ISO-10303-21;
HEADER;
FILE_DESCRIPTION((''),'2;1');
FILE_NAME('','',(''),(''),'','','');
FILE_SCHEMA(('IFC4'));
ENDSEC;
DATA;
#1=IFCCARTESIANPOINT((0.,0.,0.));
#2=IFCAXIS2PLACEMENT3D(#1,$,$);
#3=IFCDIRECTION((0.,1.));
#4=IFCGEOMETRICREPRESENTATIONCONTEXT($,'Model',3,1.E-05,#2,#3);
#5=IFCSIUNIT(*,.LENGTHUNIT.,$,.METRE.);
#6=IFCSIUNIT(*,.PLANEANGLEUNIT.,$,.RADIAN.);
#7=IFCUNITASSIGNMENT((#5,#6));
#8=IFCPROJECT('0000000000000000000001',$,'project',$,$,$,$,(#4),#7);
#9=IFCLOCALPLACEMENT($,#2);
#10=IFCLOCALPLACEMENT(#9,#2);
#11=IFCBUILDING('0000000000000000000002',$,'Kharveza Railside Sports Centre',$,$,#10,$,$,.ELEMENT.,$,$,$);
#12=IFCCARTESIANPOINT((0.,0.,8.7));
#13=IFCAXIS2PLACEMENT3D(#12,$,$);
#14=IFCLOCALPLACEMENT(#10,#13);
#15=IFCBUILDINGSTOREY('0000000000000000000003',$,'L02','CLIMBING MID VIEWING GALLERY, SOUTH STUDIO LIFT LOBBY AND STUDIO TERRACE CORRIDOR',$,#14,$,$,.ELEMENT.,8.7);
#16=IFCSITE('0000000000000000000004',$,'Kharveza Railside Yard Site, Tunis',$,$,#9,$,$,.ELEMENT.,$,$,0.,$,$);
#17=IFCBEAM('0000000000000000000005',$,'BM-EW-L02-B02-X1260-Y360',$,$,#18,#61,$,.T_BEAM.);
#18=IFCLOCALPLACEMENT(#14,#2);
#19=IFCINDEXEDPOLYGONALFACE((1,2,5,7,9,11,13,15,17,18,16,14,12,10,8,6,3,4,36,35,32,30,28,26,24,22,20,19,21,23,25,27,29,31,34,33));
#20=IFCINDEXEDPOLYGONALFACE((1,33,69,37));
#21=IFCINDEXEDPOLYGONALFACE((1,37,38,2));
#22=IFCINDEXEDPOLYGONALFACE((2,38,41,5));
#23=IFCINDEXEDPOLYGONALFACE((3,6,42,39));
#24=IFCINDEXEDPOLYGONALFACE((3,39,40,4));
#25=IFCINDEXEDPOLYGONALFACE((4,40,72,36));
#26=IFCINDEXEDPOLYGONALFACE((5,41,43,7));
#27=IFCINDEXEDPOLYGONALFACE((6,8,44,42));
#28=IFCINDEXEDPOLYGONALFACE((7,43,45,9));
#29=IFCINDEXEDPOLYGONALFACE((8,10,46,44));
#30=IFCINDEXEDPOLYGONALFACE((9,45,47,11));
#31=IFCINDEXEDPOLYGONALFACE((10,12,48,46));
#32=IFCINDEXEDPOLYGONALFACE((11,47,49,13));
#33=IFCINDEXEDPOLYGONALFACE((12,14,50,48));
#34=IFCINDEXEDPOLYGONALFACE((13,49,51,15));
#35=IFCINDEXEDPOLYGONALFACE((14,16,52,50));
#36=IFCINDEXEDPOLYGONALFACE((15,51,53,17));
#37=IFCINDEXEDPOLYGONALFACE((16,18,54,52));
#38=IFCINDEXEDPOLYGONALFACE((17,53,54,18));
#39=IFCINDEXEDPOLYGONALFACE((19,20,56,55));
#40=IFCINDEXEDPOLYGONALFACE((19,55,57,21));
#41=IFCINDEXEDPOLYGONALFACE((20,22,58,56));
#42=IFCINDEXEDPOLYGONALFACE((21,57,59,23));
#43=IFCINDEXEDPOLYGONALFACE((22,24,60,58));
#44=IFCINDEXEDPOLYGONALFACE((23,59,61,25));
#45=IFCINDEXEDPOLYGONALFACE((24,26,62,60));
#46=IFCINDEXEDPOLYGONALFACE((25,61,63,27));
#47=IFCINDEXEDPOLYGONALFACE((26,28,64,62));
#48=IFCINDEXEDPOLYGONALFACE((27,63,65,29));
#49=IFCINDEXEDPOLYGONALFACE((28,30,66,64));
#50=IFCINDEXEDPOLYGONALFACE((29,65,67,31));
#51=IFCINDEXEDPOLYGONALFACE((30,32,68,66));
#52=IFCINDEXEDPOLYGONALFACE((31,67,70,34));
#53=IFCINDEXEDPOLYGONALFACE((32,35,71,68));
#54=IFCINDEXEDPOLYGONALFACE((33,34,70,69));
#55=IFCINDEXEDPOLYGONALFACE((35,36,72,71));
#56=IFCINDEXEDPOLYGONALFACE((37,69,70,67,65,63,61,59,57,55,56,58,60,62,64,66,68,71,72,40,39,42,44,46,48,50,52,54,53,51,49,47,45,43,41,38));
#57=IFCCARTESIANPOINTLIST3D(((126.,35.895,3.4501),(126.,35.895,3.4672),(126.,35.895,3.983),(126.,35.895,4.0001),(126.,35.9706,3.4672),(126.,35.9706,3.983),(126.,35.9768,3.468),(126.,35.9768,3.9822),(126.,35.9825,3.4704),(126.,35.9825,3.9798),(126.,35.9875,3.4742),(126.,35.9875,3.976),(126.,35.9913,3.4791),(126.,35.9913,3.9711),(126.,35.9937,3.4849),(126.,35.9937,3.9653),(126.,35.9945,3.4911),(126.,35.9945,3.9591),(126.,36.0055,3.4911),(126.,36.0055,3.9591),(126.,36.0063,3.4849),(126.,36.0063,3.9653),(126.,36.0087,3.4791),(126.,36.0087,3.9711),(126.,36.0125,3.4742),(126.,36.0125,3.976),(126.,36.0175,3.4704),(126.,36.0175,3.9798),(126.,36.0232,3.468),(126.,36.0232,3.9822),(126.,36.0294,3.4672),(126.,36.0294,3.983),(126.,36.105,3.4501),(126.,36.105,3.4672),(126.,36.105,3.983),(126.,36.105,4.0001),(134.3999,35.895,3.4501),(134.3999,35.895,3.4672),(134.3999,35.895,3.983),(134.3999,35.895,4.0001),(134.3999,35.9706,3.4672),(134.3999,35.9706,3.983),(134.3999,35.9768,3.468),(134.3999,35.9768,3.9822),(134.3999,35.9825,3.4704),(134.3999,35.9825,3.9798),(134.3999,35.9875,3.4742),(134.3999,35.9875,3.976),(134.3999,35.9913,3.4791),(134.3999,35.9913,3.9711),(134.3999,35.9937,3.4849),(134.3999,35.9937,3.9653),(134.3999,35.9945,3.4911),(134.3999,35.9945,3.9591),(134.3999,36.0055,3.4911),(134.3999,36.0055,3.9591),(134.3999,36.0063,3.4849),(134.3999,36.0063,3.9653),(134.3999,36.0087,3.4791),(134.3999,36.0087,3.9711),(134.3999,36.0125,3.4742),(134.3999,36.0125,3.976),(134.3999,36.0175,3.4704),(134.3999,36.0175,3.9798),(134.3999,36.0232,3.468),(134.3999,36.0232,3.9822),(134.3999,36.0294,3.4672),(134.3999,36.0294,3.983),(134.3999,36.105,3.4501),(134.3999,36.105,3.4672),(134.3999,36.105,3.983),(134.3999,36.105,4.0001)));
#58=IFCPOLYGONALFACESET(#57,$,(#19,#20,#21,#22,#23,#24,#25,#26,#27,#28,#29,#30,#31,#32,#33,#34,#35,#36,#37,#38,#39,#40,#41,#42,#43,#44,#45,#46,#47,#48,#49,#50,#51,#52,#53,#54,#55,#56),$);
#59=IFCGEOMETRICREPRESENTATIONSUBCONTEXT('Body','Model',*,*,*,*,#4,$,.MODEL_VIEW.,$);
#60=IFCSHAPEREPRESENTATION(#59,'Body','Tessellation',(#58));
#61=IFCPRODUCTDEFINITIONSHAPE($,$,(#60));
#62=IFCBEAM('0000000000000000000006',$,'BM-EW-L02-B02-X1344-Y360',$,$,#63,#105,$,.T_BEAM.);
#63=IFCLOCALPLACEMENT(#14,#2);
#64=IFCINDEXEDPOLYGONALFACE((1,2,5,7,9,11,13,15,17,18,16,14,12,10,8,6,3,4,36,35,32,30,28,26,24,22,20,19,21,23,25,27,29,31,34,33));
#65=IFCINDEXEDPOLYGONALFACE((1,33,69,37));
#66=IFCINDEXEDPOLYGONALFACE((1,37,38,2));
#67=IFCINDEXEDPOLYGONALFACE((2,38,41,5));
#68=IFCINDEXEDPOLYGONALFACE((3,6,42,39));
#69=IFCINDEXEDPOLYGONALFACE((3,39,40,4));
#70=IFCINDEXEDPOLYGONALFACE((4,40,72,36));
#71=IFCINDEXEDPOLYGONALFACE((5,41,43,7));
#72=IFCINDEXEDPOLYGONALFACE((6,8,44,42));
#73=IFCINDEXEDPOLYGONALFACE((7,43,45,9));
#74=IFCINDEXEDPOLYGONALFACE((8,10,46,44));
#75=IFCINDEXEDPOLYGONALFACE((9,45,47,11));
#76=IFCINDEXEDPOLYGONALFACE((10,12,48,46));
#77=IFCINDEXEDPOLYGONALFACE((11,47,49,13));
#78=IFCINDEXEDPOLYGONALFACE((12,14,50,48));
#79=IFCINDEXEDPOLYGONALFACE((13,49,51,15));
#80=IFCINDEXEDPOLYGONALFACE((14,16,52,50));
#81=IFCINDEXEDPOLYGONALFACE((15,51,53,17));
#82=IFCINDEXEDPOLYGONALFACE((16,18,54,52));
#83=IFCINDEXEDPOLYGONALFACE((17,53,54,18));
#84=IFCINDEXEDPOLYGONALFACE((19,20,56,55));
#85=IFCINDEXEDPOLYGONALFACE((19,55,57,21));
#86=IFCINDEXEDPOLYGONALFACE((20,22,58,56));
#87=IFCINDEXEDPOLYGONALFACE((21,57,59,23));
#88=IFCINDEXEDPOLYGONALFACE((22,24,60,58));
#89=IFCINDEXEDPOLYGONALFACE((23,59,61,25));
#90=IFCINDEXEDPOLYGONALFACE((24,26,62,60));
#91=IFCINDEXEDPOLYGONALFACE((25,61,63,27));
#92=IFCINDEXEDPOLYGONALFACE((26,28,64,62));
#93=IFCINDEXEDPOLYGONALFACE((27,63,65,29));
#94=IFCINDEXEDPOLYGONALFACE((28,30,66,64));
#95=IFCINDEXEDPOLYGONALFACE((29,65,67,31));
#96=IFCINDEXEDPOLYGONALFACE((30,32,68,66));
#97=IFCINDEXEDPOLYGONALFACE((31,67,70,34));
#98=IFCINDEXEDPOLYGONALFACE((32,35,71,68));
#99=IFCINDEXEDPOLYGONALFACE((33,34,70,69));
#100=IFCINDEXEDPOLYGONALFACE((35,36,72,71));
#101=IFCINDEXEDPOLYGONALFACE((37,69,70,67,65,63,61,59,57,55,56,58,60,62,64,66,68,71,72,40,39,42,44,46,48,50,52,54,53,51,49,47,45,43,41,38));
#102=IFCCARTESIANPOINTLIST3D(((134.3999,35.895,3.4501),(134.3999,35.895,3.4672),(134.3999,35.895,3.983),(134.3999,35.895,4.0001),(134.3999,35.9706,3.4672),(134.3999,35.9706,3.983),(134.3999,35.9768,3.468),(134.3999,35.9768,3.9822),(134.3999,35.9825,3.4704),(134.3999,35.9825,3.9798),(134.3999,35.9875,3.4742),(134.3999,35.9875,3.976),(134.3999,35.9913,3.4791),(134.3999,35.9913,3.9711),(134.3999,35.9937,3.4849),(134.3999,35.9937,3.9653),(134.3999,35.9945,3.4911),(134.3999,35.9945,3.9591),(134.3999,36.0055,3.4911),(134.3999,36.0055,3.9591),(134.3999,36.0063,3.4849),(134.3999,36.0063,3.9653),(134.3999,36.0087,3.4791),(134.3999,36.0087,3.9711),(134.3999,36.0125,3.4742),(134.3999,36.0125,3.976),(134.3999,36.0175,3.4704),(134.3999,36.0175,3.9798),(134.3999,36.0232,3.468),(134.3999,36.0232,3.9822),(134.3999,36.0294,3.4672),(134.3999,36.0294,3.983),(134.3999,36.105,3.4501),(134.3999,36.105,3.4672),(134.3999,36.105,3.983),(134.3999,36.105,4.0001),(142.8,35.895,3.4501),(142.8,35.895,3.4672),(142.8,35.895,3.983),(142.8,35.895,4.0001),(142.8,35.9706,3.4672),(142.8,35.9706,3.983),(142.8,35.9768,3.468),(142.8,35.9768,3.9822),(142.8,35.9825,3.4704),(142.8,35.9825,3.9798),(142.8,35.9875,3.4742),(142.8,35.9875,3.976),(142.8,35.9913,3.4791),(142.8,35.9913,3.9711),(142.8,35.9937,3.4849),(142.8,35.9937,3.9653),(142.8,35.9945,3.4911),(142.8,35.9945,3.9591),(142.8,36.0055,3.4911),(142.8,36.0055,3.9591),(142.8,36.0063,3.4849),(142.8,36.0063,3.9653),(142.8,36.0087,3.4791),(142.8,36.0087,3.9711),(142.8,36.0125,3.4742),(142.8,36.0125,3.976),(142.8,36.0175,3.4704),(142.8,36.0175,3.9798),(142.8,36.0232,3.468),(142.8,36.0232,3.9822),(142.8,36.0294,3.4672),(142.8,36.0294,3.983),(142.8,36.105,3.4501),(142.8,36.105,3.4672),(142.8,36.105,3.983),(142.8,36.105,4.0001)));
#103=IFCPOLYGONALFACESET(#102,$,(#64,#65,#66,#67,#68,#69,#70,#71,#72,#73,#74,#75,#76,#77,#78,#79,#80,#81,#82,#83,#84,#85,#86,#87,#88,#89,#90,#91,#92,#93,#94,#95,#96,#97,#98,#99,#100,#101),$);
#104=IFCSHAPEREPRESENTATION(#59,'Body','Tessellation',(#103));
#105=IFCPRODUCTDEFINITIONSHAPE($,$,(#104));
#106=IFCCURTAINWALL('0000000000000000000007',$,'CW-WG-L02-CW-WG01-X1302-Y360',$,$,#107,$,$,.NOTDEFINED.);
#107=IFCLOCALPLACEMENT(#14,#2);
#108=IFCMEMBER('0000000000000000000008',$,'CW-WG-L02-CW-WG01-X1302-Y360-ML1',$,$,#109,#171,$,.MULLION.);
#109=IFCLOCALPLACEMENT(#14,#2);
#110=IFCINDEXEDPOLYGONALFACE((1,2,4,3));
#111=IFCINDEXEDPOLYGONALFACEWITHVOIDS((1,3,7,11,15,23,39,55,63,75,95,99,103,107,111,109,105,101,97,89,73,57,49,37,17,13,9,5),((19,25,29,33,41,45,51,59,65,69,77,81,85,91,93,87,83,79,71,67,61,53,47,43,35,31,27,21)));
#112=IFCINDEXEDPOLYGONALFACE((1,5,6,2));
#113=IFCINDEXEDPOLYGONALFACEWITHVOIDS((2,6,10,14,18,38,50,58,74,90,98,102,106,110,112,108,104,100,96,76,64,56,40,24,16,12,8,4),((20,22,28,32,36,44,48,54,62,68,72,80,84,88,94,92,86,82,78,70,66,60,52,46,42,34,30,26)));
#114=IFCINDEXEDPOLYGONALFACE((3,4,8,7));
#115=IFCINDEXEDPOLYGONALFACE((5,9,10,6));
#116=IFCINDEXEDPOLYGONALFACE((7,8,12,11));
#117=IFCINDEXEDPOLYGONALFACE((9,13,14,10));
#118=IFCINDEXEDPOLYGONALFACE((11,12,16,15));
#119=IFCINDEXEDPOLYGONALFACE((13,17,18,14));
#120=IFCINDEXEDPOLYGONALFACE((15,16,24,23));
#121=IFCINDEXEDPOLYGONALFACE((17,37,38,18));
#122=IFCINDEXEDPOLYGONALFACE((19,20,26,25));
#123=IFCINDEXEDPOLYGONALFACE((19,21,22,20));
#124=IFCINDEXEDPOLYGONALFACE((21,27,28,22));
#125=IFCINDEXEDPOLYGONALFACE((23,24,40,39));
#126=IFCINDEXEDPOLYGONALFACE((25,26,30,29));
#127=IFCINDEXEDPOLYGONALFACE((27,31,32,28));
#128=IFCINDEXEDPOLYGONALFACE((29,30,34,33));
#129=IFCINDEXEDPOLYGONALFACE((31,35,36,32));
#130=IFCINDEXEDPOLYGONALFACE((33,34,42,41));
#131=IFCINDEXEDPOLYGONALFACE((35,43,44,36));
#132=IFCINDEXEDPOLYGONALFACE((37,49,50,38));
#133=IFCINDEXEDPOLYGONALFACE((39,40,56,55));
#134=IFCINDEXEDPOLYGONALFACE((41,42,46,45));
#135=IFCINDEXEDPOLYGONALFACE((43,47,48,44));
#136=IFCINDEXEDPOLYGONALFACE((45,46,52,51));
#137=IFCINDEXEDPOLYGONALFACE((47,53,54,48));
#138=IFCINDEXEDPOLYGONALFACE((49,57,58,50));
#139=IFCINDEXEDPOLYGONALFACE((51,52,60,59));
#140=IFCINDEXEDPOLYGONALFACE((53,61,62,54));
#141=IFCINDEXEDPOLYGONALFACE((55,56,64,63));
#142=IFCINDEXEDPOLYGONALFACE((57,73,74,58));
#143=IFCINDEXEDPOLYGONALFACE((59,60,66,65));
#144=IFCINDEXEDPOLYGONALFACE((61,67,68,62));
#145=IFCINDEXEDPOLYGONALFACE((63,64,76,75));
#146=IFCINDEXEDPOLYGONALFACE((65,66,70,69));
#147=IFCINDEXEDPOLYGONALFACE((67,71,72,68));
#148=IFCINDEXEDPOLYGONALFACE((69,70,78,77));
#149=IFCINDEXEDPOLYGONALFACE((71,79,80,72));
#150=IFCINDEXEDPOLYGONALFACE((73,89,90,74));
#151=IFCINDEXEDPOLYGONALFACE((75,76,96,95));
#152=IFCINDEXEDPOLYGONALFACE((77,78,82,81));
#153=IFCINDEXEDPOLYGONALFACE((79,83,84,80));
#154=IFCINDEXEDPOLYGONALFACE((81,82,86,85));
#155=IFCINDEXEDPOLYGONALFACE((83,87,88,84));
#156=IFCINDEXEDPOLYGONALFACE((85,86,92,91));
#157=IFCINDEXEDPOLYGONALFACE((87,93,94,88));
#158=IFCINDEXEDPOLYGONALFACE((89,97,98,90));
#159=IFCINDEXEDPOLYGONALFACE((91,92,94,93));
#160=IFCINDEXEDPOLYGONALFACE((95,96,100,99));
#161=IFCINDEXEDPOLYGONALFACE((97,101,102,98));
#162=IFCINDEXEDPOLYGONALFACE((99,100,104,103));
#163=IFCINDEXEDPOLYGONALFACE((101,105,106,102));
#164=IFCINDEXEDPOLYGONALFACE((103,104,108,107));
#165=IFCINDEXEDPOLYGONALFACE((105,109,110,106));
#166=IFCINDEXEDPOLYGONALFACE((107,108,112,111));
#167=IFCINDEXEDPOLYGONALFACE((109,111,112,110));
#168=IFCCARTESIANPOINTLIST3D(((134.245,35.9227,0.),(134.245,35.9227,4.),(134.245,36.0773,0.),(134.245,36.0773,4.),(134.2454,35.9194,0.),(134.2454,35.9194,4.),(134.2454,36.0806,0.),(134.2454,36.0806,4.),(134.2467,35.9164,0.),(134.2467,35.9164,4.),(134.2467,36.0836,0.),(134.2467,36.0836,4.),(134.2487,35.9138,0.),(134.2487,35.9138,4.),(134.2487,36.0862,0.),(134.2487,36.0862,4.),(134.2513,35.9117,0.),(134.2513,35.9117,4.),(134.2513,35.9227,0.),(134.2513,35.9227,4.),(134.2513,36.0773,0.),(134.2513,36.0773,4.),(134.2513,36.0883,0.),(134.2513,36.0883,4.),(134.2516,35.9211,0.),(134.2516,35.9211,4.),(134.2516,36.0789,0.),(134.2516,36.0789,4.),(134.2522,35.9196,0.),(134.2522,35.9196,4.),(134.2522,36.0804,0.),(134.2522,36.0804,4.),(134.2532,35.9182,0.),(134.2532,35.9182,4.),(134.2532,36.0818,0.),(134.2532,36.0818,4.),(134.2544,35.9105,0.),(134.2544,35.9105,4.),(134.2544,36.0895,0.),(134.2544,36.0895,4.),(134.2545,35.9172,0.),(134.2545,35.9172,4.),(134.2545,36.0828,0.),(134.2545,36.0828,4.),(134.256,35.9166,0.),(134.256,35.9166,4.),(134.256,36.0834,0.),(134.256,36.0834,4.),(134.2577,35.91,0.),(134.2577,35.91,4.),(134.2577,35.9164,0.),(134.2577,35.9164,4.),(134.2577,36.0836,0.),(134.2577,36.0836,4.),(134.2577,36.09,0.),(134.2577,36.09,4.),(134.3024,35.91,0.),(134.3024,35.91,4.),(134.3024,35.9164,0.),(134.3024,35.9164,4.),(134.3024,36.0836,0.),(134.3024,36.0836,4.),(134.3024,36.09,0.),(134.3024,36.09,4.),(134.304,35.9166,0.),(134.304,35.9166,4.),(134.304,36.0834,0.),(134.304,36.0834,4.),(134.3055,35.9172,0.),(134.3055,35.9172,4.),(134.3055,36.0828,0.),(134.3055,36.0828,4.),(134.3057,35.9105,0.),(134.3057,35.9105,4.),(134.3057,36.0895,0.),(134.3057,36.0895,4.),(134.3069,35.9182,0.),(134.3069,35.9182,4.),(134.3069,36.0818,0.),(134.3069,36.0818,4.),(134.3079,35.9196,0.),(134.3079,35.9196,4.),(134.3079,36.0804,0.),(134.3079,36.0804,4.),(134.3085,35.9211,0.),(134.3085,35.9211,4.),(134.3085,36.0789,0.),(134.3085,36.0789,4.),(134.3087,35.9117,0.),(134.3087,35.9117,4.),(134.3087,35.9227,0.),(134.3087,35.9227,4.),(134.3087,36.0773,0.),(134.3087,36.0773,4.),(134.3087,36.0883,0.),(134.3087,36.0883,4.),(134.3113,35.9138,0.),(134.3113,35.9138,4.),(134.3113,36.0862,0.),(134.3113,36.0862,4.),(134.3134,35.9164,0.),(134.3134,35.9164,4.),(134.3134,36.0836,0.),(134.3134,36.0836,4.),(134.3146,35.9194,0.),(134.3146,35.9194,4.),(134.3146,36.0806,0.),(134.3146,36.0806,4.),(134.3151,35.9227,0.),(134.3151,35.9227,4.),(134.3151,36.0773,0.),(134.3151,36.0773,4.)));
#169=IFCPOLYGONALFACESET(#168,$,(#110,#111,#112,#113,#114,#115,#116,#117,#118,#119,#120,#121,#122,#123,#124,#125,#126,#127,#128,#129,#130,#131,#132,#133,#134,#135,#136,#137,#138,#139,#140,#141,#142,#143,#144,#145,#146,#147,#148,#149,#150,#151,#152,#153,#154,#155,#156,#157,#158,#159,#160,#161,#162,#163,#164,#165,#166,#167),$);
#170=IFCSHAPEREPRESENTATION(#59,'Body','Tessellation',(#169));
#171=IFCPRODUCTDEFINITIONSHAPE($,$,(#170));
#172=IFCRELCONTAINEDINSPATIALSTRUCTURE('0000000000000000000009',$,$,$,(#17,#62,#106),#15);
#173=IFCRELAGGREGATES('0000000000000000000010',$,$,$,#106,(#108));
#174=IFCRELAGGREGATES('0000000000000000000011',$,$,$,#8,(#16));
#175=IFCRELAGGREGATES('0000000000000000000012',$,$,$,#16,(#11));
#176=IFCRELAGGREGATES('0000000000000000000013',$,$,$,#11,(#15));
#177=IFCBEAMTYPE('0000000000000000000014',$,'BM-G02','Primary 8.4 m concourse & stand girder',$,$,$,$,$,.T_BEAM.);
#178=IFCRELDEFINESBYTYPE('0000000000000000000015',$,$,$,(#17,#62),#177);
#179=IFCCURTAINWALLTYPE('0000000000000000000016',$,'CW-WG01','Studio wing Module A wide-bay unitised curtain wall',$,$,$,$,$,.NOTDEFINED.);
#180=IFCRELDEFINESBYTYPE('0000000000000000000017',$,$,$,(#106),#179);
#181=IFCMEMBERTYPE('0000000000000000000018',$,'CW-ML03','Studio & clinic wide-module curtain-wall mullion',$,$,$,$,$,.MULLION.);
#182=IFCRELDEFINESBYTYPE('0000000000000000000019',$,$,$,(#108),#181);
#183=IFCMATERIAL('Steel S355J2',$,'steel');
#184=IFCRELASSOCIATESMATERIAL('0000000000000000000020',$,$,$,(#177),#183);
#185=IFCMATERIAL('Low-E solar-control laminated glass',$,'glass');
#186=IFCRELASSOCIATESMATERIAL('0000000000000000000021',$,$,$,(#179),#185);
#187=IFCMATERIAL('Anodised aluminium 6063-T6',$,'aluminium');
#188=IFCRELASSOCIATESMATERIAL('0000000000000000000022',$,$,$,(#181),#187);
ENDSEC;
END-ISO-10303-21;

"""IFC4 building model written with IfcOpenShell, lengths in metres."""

from ifc_helpers import new_model, si_unit, direction, frame, origin, origin_2d, place, context, subcontext, project, spatial, hollow_rectangle, i_section, extrude, material, material_profile, profile_set, type_object, element, aggregate, save


model = new_model("IFC4")

# Units and contexts
model_context = context("Model", 3, precision=1e-05, world=origin(), true_north=direction((0.0, 1.0)))
body_context = subcontext(model_context, "Body", "Model", "MODEL_VIEW")
ifc_project = project(units=[si_unit("LENGTHUNIT", "METRE"), si_unit("PLANEANGLEUNIT", "RADIAN")], contexts=[model_context])

# Site, building, storey
site_placement = place(None, origin())
site = spatial("IfcSite", under=ifc_project, at=site_placement, Name="Kharveza Railside Yard Site, Tunis", CompositionType="ELEMENT", RefElevation=0.0)
building_placement = place(site_placement, origin())
building = spatial("IfcBuilding", under=site, at=building_placement, Name="Kharveza Railside Sports Centre", CompositionType="ELEMENT")
storey_placement = place(building_placement, frame((0.0, 0.0, 8.7)))
storey = spatial("IfcBuildingStorey", under=building, at=storey_placement, Name="L02", Description="CLIMBING MID VIEWING GALLERY, SOUTH STUDIO LIFT LOBBY AND STUDIO TERRACE CORRIDOR", CompositionType="ELEMENT", Elevation=8.7)

# Shared definitions
ifc_material_1 = material(Name="Steel S355J2", Category="steel")

# Beams
ifc_material_profile_1 = material_profile(ifc_material_1, i_section(OverallWidth=0.21, OverallDepth=0.55, WebThickness=0.011, FlangeThickness=0.0171, FilletRadius=0.0239, at=origin_2d()), Name="IPE 550")
ifc_profile_set_1 = profile_set([ifc_material_profile_1], Name="Steel S355J2")
beam_type = type_object("IfcBeamType", Name="BM-G02", Description="Primary 8.4 m concourse & stand girder", PredefinedType="T_BEAM", material=ifc_profile_set_1)
beam_1_placement = place(storey_placement, frame((126.0, 36.0, 3.7251), z_axis=(1.0, 0.0, 0.0), x_axis=(0.0, 1.0, 0.0)))
element("IfcBeam", 1, at=beam_1_placement, inside=storey, type_object=beam_type, Name="BM-EW-L02-B02-X1260-Y360", PredefinedType="T_BEAM", context=body_context, shape_type="SweptSolid", body=[
    extrude(i_section(OverallWidth=0.21, OverallDepth=0.55, WebThickness=0.011, FlangeThickness=0.0171, FilletRadius=0.0239, at=origin_2d()), origin(), (0.0, 0.0, 1.0), 8.3999),
])
beam_2_placement = place(storey_placement, frame((134.3999, 36.0, 3.7251), z_axis=(1.0, 0.0, 0.0), x_axis=(0.0, 1.0, 0.0)))
element("IfcBeam", 2, at=beam_2_placement, inside=storey, type_object=beam_type, Name="BM-EW-L02-B02-X1344-Y360", PredefinedType="T_BEAM", context=body_context, shape_type="SweptSolid", body=[
    extrude(i_section(OverallWidth=0.21, OverallDepth=0.55, WebThickness=0.011, FlangeThickness=0.0171, FilletRadius=0.0239, at=origin_2d()), origin(), (0.0, 0.0, 1.0), 8.4001),
])

# Curtain wall, member
ifc_material_2 = material(Name="Low-E solar-control laminated glass", Category="glass")
curtain_wall_type = type_object("IfcCurtainWallType", Name="CW-WG01", Description="Studio wing Module A wide-bay unitised curtain wall", PredefinedType="NOTDEFINED", material=ifc_material_2)
curtain_wall_1_placement = place(storey_placement, origin())
curtain_wall_1 = element("IfcCurtainWall", 3, at=curtain_wall_1_placement, inside=storey, type_object=curtain_wall_type, Name="CW-WG-L02-CW-WG01-X1302-Y360", PredefinedType="NOTDEFINED")
ifc_material_3 = material(Name="Anodised aluminium 6063-T6", Category="aluminium")
ifc_material_profile_2 = material_profile(ifc_material_3, hollow_rectangle(XDim=0.0701, YDim=0.1799, WallThickness=0.0063, InnerFilletRadius=0.0063, OuterFilletRadius=0.0127, at=origin_2d()), Name="RHS 70x180x6.3")
ifc_profile_set_2 = profile_set([ifc_material_profile_2], Name="Anodised aluminium 6063-T6")
member_type_1 = type_object("IfcMemberType", Name="CW-ML03", Description="Studio & clinic wide-module curtain-wall mullion", PredefinedType="MULLION", material=ifc_profile_set_2)
member_1_placement = place(storey_placement, frame((134.28, 36.0, 0.0), z_axis=(0.0, 0.0, 1.0), x_axis=(1.0, 0.0, 0.0)))
member_1 = element("IfcMember", 4, at=member_1_placement, type_object=member_type_1, Name="CW-WG-L02-CW-WG01-X1302-Y360-ML1", PredefinedType="MULLION", context=body_context, shape_type="SweptSolid", body=[
    extrude(hollow_rectangle(XDim=0.0701, YDim=0.1799, WallThickness=0.0063, InnerFilletRadius=0.0063, OuterFilletRadius=0.0127, at=origin_2d()), origin(), (0.0, 0.0, 1.0), 4.0),
])

aggregate(curtain_wall_1, [member_1])

save(model, "model.ifc")
